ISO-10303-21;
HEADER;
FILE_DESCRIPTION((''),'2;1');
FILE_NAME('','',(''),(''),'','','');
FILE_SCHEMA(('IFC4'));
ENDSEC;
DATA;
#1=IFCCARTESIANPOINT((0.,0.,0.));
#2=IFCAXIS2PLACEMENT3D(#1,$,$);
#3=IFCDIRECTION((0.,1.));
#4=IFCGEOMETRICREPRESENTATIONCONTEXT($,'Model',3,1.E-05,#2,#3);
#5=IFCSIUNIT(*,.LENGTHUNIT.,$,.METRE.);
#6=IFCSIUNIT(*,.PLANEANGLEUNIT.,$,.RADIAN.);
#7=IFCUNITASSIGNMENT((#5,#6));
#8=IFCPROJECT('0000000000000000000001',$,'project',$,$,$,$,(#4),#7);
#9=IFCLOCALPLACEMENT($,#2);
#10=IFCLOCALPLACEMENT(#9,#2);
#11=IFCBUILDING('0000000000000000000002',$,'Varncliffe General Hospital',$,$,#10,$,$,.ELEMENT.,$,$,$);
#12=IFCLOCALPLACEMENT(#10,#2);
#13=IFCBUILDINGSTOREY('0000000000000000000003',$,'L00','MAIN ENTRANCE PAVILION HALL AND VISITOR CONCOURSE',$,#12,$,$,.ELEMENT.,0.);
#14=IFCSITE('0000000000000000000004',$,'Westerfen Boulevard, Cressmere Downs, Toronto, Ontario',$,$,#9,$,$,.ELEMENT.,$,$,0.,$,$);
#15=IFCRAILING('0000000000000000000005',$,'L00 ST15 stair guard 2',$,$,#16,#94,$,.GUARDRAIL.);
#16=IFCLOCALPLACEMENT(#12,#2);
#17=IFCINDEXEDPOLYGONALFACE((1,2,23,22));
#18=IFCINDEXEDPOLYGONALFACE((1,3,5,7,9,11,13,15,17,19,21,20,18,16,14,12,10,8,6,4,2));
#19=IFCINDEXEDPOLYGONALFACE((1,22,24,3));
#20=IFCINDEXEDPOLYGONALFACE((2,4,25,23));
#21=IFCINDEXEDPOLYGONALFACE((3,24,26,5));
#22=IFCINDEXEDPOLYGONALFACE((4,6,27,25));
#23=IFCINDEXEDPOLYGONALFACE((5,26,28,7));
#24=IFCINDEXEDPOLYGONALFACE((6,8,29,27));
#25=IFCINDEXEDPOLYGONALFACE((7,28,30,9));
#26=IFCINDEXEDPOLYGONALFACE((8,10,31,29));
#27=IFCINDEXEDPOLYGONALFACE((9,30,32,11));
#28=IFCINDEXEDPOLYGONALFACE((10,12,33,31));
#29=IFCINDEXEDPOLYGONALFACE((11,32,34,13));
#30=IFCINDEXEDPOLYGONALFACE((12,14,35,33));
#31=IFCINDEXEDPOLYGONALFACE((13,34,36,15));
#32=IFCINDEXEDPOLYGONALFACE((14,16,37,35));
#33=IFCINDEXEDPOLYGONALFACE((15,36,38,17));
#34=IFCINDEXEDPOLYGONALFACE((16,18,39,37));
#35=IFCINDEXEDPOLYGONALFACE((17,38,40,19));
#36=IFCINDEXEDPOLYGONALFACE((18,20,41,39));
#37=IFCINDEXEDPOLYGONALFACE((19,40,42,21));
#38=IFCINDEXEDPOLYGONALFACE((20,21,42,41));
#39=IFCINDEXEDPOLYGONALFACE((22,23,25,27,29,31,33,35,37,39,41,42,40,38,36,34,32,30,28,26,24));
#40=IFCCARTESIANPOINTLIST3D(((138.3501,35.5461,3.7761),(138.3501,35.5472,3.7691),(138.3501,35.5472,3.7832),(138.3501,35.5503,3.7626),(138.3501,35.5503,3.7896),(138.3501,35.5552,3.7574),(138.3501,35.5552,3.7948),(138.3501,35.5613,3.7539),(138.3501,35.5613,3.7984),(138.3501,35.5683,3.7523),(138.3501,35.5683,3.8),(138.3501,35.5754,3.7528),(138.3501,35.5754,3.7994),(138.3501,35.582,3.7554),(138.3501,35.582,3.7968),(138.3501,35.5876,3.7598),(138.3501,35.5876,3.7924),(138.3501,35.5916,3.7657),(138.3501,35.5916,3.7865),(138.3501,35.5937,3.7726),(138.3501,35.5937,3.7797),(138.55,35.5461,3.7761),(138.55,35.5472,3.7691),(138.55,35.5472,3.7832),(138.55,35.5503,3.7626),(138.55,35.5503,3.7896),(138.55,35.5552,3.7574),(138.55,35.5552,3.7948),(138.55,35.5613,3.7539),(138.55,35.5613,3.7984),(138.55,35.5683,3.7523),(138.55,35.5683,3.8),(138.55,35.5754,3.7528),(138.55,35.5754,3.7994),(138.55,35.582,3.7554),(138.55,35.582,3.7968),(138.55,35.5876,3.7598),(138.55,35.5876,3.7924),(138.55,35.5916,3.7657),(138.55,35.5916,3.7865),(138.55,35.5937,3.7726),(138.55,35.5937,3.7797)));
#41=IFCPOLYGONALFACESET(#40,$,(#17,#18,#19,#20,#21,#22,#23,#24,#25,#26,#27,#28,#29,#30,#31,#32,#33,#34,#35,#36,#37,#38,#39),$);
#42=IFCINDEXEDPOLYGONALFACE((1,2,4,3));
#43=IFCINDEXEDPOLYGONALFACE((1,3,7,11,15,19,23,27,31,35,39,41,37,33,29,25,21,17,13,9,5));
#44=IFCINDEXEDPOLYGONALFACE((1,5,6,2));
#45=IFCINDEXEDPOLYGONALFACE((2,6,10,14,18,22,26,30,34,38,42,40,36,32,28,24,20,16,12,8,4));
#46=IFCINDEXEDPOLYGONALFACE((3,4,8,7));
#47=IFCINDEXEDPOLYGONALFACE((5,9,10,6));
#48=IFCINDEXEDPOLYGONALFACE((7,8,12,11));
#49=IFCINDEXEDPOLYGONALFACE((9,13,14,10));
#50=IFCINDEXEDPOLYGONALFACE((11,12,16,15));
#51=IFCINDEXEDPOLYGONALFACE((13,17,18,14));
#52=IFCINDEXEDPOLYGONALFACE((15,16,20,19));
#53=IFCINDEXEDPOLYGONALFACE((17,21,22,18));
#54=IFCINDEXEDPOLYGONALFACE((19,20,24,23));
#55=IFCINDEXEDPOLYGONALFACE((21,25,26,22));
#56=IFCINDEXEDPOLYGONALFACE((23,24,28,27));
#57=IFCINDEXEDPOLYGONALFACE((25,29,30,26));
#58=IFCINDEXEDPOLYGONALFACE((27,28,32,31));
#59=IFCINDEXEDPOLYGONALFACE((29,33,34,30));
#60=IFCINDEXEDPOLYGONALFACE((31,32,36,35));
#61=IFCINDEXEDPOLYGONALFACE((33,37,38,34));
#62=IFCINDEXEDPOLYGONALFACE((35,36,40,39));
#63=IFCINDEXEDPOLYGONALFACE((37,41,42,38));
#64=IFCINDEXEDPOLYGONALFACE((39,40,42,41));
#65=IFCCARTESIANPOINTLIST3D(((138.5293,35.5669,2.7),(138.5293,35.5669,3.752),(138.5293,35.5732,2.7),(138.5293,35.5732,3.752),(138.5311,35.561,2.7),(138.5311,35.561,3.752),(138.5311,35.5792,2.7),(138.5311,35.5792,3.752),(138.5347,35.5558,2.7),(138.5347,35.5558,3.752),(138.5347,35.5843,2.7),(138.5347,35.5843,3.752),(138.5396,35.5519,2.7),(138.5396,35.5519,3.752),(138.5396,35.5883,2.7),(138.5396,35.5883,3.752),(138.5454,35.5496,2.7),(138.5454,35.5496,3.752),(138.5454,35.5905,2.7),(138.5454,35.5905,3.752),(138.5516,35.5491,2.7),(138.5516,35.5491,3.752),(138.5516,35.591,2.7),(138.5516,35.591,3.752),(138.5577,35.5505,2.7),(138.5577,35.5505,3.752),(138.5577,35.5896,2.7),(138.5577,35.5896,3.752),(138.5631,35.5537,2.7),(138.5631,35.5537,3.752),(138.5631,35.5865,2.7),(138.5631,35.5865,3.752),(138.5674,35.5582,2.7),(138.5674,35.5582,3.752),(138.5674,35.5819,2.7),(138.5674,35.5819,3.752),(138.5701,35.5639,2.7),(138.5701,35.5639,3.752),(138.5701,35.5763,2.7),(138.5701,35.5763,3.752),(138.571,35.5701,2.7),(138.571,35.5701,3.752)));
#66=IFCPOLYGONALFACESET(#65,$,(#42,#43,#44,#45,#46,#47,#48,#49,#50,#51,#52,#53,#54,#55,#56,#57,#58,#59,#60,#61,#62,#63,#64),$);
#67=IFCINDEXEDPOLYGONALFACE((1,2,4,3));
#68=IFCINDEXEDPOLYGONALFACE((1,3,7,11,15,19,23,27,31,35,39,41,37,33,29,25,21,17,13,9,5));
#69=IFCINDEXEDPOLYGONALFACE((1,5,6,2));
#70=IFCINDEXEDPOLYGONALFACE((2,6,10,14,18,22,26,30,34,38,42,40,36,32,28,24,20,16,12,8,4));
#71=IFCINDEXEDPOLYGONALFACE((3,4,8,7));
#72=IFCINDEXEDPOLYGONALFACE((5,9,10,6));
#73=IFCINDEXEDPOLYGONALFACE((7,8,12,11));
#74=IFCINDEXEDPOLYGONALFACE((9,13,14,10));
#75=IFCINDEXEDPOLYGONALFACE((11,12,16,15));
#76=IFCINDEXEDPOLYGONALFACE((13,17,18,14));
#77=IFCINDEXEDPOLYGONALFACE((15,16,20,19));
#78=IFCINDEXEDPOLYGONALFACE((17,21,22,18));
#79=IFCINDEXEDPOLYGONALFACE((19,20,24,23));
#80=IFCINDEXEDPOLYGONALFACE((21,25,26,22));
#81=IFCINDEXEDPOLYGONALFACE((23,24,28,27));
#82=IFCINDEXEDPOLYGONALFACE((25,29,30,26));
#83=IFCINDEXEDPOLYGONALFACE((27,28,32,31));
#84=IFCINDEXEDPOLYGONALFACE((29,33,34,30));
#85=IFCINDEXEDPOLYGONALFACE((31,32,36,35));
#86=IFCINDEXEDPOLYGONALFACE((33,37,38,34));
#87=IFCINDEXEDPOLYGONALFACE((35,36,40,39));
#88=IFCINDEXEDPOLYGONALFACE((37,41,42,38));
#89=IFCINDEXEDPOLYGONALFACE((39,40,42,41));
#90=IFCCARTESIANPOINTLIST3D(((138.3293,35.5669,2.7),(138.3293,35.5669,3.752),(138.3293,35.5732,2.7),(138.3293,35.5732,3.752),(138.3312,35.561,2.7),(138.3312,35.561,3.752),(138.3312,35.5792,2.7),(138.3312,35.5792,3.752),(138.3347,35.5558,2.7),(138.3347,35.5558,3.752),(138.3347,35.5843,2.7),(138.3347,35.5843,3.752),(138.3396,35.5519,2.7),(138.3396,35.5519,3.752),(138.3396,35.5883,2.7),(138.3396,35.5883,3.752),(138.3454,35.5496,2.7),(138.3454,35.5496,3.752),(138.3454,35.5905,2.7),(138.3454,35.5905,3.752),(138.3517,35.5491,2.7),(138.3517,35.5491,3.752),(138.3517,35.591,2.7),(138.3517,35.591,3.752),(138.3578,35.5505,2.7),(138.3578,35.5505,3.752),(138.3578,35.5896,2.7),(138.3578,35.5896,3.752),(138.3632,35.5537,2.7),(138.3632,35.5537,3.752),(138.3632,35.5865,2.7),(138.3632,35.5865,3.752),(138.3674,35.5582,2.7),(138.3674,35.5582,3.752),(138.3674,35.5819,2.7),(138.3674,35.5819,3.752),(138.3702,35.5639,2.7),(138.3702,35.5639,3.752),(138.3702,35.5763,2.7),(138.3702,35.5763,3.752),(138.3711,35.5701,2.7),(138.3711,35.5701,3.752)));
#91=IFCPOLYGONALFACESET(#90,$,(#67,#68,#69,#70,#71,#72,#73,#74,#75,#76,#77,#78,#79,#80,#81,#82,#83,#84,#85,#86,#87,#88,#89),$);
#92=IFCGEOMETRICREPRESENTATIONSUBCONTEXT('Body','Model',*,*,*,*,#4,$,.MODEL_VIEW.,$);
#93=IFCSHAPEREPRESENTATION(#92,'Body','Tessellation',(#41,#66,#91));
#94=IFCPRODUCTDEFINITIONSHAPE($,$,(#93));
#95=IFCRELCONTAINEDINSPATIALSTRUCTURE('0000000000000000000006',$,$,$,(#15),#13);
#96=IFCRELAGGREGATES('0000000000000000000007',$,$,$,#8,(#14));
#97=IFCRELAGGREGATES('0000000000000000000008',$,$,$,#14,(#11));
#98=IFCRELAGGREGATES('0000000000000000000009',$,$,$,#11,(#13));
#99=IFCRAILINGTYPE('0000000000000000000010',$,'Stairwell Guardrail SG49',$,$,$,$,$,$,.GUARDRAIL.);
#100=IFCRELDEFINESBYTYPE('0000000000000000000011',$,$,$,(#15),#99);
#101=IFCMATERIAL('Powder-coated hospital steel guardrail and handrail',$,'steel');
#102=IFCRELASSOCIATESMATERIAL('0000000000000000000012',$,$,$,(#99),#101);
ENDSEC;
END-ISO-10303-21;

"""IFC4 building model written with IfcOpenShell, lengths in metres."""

from ifc_helpers import new_model, si_unit, direction, frame, origin, origin_2d, place, context, subcontext, project, spatial, circle, extrude, material, type_object, element, save


model = new_model("IFC4")

# Units and contexts
model_context = context("Model", 3, precision=1e-05, world=origin(), true_north=direction((0.0, 1.0)))
body_context = subcontext(model_context, "Body", "Model", "MODEL_VIEW")
ifc_project = project(units=[si_unit("LENGTHUNIT", "METRE"), si_unit("PLANEANGLEUNIT", "RADIAN")], contexts=[model_context])

# Site, building, storey
site_placement = place(None, origin())
site = spatial("IfcSite", under=ifc_project, at=site_placement, Name="Westerfen Boulevard, Cressmere Downs, Toronto, Ontario", CompositionType="ELEMENT", RefElevation=0.0)
building_placement = place(site_placement, origin())
building = spatial("IfcBuilding", under=site, at=building_placement, Name="Varncliffe General Hospital", CompositionType="ELEMENT")
storey_placement = place(building_placement, origin())
storey = spatial("IfcBuildingStorey", under=building, at=storey_placement, Name="L00", Description="MAIN ENTRANCE PAVILION HALL AND VISITOR CONCOURSE", CompositionType="ELEMENT", Elevation=0.0)

# Railing
ifc_material_1 = material(Name="Powder-coated hospital steel guardrail and handrail", Category="steel")
railing_type_1 = type_object("IfcRailingType", Name="Stairwell Guardrail SG49", PredefinedType="GUARDRAIL", material=ifc_material_1)
railing_1_placement = place(storey_placement, frame((138.55, 35.5701, 2.7)))
element("IfcRailing", 1, at=railing_1_placement, inside=storey, type_object=railing_type_1, Name="L00 ST15 stair guard 2", PredefinedType="GUARDRAIL", context=body_context, shape_type="SweptSolid", body=[
    extrude(circle(Radius=0.0239, at=origin_2d()), frame((0.0, 0.0, 1.0762), z_axis=(-1.0, 0.0, 0.0), x_axis=(0.0, -1.0, 0.0)), (0.0, 0.0, 1.0), 0.2),
    extrude(circle(Radius=0.021, at=origin_2d()), origin(), (0.0, 0.0, 1.0), 1.052),
    extrude(circle(Radius=0.021, at=origin_2d()), frame((-0.2, 0.0, 0.0)), (0.0, 0.0, 1.0), 1.052),
])

save(model, "model.ifc")
